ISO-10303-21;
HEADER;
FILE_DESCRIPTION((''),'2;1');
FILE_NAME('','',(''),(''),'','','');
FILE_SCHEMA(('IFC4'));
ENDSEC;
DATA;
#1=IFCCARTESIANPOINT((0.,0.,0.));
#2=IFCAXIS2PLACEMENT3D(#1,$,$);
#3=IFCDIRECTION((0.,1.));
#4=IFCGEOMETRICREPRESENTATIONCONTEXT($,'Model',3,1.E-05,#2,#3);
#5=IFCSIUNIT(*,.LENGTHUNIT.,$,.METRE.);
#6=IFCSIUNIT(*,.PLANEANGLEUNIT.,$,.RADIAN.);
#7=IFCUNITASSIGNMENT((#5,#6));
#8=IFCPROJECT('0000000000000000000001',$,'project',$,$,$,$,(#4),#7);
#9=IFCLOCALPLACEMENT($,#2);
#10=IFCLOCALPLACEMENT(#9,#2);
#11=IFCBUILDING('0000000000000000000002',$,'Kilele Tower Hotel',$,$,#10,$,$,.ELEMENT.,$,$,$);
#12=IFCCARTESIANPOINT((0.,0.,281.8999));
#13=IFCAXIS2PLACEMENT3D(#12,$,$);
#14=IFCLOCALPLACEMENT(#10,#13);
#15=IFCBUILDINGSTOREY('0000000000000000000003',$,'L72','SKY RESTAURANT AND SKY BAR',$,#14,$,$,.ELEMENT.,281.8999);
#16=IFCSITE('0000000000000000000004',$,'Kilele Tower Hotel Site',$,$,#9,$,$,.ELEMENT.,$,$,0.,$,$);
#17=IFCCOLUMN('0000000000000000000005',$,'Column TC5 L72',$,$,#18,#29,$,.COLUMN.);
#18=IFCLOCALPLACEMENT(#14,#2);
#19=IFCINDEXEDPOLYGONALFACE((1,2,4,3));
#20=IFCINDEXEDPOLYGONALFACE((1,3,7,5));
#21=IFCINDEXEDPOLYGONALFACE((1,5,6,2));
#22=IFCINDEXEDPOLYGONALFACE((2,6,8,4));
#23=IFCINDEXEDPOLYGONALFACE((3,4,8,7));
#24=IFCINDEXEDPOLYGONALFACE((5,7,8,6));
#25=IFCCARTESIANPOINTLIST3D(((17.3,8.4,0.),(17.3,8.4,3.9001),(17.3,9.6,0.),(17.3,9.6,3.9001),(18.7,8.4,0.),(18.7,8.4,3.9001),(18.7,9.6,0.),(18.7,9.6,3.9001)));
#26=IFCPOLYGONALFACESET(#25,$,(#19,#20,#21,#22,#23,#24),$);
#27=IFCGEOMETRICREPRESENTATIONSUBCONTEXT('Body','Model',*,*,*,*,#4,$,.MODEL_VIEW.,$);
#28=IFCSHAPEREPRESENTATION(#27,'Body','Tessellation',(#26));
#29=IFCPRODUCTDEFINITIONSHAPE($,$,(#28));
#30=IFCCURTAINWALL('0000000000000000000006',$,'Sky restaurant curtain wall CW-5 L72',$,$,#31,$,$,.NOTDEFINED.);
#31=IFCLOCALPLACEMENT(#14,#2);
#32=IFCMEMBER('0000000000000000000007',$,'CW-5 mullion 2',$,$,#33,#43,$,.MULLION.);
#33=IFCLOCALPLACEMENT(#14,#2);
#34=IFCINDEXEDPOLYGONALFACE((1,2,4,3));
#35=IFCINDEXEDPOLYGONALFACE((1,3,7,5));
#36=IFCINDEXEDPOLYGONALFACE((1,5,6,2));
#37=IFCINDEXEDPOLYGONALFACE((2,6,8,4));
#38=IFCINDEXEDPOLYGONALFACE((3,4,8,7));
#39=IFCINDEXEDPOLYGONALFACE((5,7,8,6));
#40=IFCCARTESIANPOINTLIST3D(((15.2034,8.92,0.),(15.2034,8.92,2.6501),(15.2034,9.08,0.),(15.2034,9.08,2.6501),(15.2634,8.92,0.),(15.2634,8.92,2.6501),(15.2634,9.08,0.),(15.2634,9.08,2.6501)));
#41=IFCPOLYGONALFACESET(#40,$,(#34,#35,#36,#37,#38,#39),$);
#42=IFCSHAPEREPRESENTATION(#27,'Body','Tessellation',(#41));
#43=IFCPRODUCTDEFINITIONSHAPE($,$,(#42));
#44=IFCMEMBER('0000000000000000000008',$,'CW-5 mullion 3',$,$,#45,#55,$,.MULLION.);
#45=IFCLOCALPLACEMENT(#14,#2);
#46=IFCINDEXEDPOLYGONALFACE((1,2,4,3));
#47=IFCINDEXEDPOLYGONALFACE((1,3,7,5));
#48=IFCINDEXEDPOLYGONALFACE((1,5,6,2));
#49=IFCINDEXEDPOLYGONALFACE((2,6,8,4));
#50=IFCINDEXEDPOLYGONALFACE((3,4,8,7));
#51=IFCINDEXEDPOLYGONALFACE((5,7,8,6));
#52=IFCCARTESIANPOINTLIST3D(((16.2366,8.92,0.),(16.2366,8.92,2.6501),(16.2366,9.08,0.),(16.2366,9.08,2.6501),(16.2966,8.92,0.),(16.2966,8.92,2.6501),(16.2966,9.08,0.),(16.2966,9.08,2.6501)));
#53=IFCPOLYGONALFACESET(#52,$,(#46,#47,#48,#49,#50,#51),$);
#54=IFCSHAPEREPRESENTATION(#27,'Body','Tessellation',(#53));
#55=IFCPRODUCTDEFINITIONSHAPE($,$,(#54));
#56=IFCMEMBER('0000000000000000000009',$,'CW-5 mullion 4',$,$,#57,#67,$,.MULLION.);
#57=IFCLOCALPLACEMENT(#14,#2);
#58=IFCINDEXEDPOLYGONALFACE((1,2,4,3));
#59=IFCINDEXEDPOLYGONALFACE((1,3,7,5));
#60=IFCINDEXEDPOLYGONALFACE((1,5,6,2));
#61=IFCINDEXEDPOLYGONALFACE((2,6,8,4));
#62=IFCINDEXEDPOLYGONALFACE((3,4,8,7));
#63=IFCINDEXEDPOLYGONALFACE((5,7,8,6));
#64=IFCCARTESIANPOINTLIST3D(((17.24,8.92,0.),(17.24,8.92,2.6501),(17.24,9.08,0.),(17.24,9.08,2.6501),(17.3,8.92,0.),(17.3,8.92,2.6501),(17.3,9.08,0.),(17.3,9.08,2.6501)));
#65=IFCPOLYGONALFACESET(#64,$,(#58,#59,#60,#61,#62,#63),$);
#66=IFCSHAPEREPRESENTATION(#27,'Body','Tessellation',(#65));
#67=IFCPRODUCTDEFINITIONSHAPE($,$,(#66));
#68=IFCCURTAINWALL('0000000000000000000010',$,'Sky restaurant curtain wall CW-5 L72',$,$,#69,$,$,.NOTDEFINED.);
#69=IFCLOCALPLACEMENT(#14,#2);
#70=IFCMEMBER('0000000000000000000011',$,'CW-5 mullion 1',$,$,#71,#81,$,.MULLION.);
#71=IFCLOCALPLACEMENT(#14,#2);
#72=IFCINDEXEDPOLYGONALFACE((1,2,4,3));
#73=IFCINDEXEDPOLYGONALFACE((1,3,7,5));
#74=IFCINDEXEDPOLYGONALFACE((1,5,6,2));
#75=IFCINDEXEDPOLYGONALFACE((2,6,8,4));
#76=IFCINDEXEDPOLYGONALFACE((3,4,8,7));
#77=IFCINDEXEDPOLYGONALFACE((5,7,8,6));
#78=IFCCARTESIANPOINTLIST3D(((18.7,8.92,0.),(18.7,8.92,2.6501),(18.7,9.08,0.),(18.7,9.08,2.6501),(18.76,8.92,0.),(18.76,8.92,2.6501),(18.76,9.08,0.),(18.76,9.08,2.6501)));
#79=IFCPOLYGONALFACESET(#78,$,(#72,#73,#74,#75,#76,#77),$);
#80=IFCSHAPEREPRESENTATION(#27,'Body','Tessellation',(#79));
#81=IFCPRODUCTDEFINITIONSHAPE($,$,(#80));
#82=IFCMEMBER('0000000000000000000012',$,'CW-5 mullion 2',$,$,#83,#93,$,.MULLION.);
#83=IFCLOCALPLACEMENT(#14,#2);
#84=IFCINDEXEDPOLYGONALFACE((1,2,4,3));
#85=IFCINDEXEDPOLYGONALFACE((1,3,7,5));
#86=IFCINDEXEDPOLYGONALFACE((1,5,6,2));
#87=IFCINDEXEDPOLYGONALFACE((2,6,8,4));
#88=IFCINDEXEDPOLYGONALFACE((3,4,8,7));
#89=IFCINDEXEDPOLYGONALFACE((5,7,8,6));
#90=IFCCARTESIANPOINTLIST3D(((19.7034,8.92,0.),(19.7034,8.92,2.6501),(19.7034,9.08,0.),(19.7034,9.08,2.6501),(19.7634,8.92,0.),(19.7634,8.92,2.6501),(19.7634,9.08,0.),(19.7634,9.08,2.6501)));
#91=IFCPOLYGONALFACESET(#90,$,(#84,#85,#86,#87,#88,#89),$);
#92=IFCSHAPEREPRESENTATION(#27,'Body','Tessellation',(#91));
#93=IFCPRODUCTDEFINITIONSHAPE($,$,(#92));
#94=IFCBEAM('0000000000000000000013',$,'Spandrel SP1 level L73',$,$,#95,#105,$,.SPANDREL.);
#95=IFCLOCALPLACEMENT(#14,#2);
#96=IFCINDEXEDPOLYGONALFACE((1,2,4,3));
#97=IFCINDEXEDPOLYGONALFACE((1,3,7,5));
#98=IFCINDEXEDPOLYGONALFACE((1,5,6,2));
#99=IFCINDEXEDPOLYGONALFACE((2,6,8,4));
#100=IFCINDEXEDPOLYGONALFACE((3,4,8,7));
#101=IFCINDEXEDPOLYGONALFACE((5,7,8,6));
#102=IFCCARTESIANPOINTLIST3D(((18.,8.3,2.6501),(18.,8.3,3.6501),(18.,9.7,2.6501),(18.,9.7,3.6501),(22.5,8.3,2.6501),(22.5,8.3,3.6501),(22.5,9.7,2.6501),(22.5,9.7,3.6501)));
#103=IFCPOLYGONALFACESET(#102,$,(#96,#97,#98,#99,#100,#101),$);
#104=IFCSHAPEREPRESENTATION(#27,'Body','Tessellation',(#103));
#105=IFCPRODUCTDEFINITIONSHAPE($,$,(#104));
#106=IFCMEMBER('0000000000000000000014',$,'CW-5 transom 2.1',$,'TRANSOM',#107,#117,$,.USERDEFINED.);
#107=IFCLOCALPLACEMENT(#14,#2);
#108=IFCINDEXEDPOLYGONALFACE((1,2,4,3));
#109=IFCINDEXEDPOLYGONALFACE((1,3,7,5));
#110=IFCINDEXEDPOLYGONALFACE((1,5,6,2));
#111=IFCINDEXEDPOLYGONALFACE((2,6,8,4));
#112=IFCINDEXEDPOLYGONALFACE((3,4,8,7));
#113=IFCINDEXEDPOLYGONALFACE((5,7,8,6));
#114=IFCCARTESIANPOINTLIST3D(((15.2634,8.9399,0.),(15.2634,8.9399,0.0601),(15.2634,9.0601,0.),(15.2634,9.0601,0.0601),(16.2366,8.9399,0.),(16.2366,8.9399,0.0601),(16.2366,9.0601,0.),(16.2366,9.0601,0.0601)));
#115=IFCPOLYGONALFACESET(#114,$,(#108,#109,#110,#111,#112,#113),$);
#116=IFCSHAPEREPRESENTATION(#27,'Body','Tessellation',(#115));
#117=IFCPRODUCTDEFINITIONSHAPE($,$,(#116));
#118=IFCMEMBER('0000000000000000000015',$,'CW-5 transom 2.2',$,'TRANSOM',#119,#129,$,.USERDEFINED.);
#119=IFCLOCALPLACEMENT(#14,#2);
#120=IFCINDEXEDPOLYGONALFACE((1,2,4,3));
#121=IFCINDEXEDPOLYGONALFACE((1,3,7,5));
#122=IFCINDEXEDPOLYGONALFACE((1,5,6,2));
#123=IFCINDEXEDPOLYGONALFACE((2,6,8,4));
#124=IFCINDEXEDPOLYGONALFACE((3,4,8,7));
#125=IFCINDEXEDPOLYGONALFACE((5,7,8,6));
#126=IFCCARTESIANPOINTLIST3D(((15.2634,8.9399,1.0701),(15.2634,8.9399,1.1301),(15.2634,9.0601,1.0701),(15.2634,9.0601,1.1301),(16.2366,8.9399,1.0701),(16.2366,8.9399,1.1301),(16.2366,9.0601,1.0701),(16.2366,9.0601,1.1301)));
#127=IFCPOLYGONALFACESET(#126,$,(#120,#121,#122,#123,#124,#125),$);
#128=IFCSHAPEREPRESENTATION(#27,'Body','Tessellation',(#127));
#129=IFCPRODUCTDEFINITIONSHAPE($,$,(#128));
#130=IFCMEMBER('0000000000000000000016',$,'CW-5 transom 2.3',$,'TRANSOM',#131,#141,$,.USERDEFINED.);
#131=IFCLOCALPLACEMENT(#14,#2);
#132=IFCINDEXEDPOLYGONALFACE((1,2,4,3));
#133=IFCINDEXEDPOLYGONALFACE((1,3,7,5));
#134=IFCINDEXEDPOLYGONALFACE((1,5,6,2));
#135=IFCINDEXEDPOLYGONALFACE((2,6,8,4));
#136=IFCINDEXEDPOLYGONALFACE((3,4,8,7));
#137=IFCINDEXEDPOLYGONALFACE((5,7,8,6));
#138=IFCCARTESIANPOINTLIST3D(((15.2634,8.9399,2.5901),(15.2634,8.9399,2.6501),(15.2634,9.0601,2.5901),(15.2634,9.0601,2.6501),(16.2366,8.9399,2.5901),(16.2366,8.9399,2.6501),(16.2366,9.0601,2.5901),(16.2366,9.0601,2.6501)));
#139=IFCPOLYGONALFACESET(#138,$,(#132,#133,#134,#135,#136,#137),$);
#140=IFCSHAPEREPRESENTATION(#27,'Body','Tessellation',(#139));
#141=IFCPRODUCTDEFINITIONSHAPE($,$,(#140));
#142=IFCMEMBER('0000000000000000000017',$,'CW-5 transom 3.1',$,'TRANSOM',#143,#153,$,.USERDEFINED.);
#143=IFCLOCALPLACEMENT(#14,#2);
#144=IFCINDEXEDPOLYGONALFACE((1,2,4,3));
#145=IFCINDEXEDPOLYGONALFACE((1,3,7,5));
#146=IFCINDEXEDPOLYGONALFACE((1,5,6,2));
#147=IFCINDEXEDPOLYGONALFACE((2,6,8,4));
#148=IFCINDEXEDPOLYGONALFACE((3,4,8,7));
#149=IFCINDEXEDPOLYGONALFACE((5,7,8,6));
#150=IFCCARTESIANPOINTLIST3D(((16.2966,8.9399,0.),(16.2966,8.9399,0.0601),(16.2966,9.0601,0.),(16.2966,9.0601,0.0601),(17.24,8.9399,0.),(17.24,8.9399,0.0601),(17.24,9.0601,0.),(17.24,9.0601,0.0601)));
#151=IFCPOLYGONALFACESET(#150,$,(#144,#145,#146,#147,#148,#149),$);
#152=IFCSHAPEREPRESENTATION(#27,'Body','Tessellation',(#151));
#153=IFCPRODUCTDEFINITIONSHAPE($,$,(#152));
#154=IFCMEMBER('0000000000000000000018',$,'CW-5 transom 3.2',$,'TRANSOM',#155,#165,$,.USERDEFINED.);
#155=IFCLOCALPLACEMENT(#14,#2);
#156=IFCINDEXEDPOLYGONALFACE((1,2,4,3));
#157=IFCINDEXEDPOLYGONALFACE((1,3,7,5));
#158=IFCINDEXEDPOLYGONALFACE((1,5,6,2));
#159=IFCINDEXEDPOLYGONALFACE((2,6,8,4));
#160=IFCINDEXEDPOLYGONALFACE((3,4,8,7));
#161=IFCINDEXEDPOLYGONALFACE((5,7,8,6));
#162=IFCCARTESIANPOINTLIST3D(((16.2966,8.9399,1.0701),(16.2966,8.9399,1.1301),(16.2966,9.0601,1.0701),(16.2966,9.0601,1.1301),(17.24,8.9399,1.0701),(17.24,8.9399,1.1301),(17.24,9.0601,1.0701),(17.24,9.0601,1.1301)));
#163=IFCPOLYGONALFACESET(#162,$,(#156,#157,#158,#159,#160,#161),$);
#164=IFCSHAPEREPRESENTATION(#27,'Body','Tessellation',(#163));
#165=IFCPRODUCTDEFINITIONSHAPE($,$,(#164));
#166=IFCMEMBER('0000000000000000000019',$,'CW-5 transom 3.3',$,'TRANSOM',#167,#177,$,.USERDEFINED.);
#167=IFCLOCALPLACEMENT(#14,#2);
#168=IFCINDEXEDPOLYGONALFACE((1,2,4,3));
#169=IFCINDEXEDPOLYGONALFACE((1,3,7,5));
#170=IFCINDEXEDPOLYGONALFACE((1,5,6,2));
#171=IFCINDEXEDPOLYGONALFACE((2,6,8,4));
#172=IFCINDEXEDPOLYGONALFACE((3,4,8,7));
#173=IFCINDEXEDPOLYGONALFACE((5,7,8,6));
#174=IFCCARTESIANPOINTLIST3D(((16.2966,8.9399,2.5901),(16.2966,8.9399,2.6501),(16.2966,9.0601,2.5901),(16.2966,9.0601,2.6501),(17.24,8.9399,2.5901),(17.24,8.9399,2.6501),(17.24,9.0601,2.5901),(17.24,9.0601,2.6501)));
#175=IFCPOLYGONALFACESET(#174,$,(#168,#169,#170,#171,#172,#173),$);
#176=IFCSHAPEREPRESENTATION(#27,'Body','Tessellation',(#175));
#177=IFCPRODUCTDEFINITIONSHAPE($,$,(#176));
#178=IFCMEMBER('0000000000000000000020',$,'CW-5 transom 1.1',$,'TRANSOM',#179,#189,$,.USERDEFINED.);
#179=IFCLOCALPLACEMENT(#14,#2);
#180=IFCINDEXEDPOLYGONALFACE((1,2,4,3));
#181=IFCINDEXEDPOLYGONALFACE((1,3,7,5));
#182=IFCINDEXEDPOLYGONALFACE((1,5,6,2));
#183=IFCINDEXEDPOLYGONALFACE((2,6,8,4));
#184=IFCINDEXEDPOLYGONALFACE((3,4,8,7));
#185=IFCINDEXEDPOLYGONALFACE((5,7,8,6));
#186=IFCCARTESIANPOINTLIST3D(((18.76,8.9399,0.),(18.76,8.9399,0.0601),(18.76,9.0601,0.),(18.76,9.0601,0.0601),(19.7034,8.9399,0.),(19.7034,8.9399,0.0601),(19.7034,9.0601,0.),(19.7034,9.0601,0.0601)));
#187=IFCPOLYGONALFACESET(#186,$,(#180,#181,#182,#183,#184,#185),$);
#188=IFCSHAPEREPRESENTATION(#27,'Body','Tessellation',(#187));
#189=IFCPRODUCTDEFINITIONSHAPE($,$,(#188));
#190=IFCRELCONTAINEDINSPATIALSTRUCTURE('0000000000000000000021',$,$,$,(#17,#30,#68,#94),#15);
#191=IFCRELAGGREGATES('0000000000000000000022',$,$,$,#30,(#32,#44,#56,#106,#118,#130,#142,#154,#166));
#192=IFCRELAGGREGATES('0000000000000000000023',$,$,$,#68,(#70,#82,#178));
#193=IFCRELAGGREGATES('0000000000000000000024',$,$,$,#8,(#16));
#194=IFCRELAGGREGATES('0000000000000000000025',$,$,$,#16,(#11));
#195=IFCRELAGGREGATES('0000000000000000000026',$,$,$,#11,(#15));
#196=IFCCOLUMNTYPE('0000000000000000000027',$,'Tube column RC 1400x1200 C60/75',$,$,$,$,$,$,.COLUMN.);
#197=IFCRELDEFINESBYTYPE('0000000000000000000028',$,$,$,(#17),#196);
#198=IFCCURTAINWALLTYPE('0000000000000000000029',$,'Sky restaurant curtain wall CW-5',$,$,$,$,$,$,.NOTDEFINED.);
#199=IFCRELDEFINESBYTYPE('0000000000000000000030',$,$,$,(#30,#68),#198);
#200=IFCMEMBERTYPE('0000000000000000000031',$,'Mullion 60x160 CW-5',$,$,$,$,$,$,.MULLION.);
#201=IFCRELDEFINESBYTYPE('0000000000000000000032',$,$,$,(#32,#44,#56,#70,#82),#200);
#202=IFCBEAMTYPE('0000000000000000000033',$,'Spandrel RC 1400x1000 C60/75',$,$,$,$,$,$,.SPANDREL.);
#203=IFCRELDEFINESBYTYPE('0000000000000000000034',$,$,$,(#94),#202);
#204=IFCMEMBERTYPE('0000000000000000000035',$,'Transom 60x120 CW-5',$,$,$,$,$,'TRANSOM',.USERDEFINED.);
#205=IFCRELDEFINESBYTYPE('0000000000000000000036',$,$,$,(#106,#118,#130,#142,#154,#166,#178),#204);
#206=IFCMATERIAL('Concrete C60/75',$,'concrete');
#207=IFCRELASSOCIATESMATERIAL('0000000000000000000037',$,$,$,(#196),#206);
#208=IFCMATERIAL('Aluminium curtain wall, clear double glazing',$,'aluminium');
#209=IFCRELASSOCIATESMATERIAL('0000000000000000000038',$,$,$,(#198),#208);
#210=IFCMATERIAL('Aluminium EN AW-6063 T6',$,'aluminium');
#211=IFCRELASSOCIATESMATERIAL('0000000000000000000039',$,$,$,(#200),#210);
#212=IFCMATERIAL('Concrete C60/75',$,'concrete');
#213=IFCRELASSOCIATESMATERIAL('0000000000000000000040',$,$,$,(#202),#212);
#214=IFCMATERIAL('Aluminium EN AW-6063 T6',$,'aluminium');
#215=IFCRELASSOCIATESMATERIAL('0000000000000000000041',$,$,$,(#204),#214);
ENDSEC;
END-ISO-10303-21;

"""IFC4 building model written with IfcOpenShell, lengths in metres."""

from ifc_helpers import new_model, si_unit, direction, frame, origin, origin_2d, place, context, subcontext, project, spatial, rectangle, extrude, material, material_profile, profile_set, type_object, element, aggregate, save


model = new_model("IFC4")

# Units and contexts
model_context = context("Model", 3, precision=1e-05, world=origin(), true_north=direction((0.0, 1.0)))
body_context = subcontext(model_context, "Body", "Model", "MODEL_VIEW")
ifc_project = project(units=[si_unit("LENGTHUNIT", "METRE"), si_unit("PLANEANGLEUNIT", "RADIAN")], contexts=[model_context])

# Site, building, storey
site_placement = place(None, origin())
site = spatial("IfcSite", under=ifc_project, at=site_placement, Name="Kilele Tower Hotel Site", CompositionType="ELEMENT", RefElevation=0.0)
building_placement = place(site_placement, origin())
building = spatial("IfcBuilding", under=site, at=building_placement, Name="Kilele Tower Hotel", CompositionType="ELEMENT")
storey_placement = place(building_placement, frame((0.0, 0.0, 281.8999)))
storey = spatial("IfcBuildingStorey", under=building, at=storey_placement, Name="L72", Description="SKY RESTAURANT AND SKY BAR", CompositionType="ELEMENT", Elevation=281.8999)

# Column
ifc_material_1 = material(Name="Concrete C60/75", Category="concrete")
ifc_material_profile_1 = material_profile(ifc_material_1, rectangle(XDim=1.3999, YDim=1.2, at=origin_2d()))
ifc_profile_set_1 = profile_set([ifc_material_profile_1], Name="Concrete C60/75")
column_type = type_object("IfcColumnType", Name="Tube column RC 1400x1200 C60/75", PredefinedType="COLUMN", material=ifc_profile_set_1)
column_placement = place(storey_placement, frame((18.0, 9.0, 0.0), z_axis=(0.0, 0.0, 1.0), x_axis=(1.0, 0.0, 0.0)))
element("IfcColumn", 1, at=column_placement, inside=storey, type_object=column_type, Name="Column TC5 L72", PredefinedType="COLUMN", context=body_context, shape_type="SweptSolid", body=[
    extrude(rectangle(XDim=1.3999, YDim=1.2, at=origin_2d()), origin(), (0.0, 0.0, 1.0), 3.9001),
])

# Curtain walls, members
ifc_material_2 = material(Name="Aluminium curtain wall, clear double glazing", Category="aluminium")
curtain_wall_type = type_object("IfcCurtainWallType", Name="Sky restaurant curtain wall CW-5", PredefinedType="NOTDEFINED", material=ifc_material_2)
curtain_wall_1_placement = place(storey_placement, origin())
curtain_wall_1 = element("IfcCurtainWall", 2, at=curtain_wall_1_placement, inside=storey, type_object=curtain_wall_type, Name="Sky restaurant curtain wall CW-5 L72", PredefinedType="NOTDEFINED")
ifc_material_3 = material(Name="Aluminium EN AW-6063 T6", Category="aluminium")
ifc_material_profile_2 = material_profile(ifc_material_3, rectangle(XDim=0.1599, YDim=0.0601, at=origin_2d()))
ifc_profile_set_2 = profile_set([ifc_material_profile_2], Name="Aluminium EN AW-6063 T6")
member_type_1 = type_object("IfcMemberType", Name="Mullion 60x160 CW-5", PredefinedType="MULLION", material=ifc_profile_set_2)
member_1_placement = place(storey_placement, frame((15.2334, 9.0, 0.0), z_axis=(0.0, 0.0, 1.0), x_axis=(0.0, 1.0, 0.0)))
member_1 = element("IfcMember", 3, at=member_1_placement, type_object=member_type_1, Name="CW-5 mullion 2", PredefinedType="MULLION", context=body_context, shape_type="SweptSolid", body=[
    extrude(rectangle(XDim=0.1599, YDim=0.0601, at=origin_2d()), origin(), (0.0, 0.0, 1.0), 2.6501),
])
member_2_placement = place(storey_placement, frame((16.2666, 9.0, 0.0), z_axis=(0.0, 0.0, 1.0), x_axis=(0.0, 1.0, 0.0)))
member_2 = element("IfcMember", 4, at=member_2_placement, type_object=member_type_1, Name="CW-5 mullion 3", PredefinedType="MULLION", context=body_context, shape_type="SweptSolid", body=[
    extrude(rectangle(XDim=0.1599, YDim=0.0601, at=origin_2d()), origin(), (0.0, 0.0, 1.0), 2.6501),
])
member_3_placement = place(storey_placement, frame((17.27, 9.0, 0.0), z_axis=(0.0, 0.0, 1.0), x_axis=(0.0, 1.0, 0.0)))
member_3 = element("IfcMember", 5, at=member_3_placement, type_object=member_type_1, Name="CW-5 mullion 4", PredefinedType="MULLION", context=body_context, shape_type="SweptSolid", body=[
    extrude(rectangle(XDim=0.1599, YDim=0.0601, at=origin_2d()), origin(), (0.0, 0.0, 1.0), 2.6501),
])
curtain_wall_2_placement = place(storey_placement, origin())
curtain_wall_2 = element("IfcCurtainWall", 6, at=curtain_wall_2_placement, inside=storey, type_object=curtain_wall_type, Name="Sky restaurant curtain wall CW-5 L72", PredefinedType="NOTDEFINED")
member_4_placement = place(storey_placement, frame((18.73, 9.0, 0.0), z_axis=(0.0, 0.0, 1.0), x_axis=(0.0, 1.0, 0.0)))
member_4 = element("IfcMember", 7, at=member_4_placement, type_object=member_type_1, Name="CW-5 mullion 1", PredefinedType="MULLION", context=body_context, shape_type="SweptSolid", body=[
    extrude(rectangle(XDim=0.1599, YDim=0.0601, at=origin_2d()), origin(), (0.0, 0.0, 1.0), 2.6501),
])
member_5_placement = place(storey_placement, frame((19.7334, 9.0, 0.0), z_axis=(0.0, 0.0, 1.0), x_axis=(0.0, 1.0, 0.0)))
member_5 = element("IfcMember", 8, at=member_5_placement, type_object=member_type_1, Name="CW-5 mullion 2", PredefinedType="MULLION", context=body_context, shape_type="SweptSolid", body=[
    extrude(rectangle(XDim=0.1599, YDim=0.0601, at=origin_2d()), origin(), (0.0, 0.0, 1.0), 2.6501),
])

# Beam
ifc_material_4 = material(Name="Concrete C60/75", Category="concrete")
ifc_material_profile_3 = material_profile(ifc_material_4, rectangle(XDim=1.3999, YDim=1.0, at=origin_2d()))
ifc_profile_set_3 = profile_set([ifc_material_profile_3], Name="Concrete C60/75")
beam_type = type_object("IfcBeamType", Name="Spandrel RC 1400x1000 C60/75", PredefinedType="SPANDREL", material=ifc_profile_set_3)
beam_placement = place(storey_placement, frame((18.0, 9.0, 3.1501), z_axis=(1.0, 0.0, 0.0), x_axis=(0.0, 1.0, 0.0)))
element("IfcBeam", 9, at=beam_placement, inside=storey, type_object=beam_type, Name="Spandrel SP1 level L73", PredefinedType="SPANDREL", context=body_context, shape_type="SweptSolid", body=[
    extrude(rectangle(XDim=1.3999, YDim=1.0, at=origin_2d()), origin(), (0.0, 0.0, 1.0), 4.5),
])

# Members
ifc_material_5 = material(Name="Aluminium EN AW-6063 T6", Category="aluminium")
ifc_material_profile_4 = material_profile(ifc_material_5, rectangle(XDim=0.1201, YDim=0.0601, at=origin_2d()))
ifc_profile_set_4 = profile_set([ifc_material_profile_4], Name="Aluminium EN AW-6063 T6")
member_type_2 = type_object("IfcMemberType", Name="Transom 60x120 CW-5", ElementType="TRANSOM", PredefinedType="USERDEFINED", material=ifc_profile_set_4)
member_6_placement = place(storey_placement, frame((15.2634, 9.0, 0.03), z_axis=(1.0, 0.0, 0.0), x_axis=(0.0, 1.0, 0.0)))
member_6 = element("IfcMember", 10, at=member_6_placement, type_object=member_type_2, Name="CW-5 transom 2.1", ObjectType="TRANSOM", PredefinedType="USERDEFINED", context=body_context, shape_type="SweptSolid", body=[
    extrude(rectangle(XDim=0.1201, YDim=0.0601, at=origin_2d()), origin(), (0.0, 0.0, 1.0), 0.9731),
])
member_7_placement = place(storey_placement, frame((15.2634, 9.0, 1.1001), z_axis=(1.0, 0.0, 0.0), x_axis=(0.0, 1.0, 0.0)))
member_7 = element("IfcMember", 11, at=member_7_placement, type_object=member_type_2, Name="CW-5 transom 2.2", ObjectType="TRANSOM", PredefinedType="USERDEFINED", context=body_context, shape_type="SweptSolid", body=[
    extrude(rectangle(XDim=0.1201, YDim=0.0601, at=origin_2d()), origin(), (0.0, 0.0, 1.0), 0.9731),
])
member_8_placement = place(storey_placement, frame((15.2634, 9.0, 2.6201), z_axis=(1.0, 0.0, 0.0), x_axis=(0.0, 1.0, 0.0)))
member_8 = element("IfcMember", 12, at=member_8_placement, type_object=member_type_2, Name="CW-5 transom 2.3", ObjectType="TRANSOM", PredefinedType="USERDEFINED", context=body_context, shape_type="SweptSolid", body=[
    extrude(rectangle(XDim=0.1201, YDim=0.0601, at=origin_2d()), origin(), (0.0, 0.0, 1.0), 0.9731),
])
member_9_placement = place(storey_placement, frame((16.2966, 9.0, 0.03), z_axis=(1.0, 0.0, 0.0), x_axis=(0.0, 1.0, 0.0)))
member_9 = element("IfcMember", 13, at=member_9_placement, type_object=member_type_2, Name="CW-5 transom 3.1", ObjectType="TRANSOM", PredefinedType="USERDEFINED", context=body_context, shape_type="SweptSolid", body=[
    extrude(rectangle(XDim=0.1201, YDim=0.0601, at=origin_2d()), origin(), (0.0, 0.0, 1.0), 0.9434),
])
member_10_placement = place(storey_placement, frame((16.2966, 9.0, 1.1001), z_axis=(1.0, 0.0, 0.0), x_axis=(0.0, 1.0, 0.0)))
member_10 = element("IfcMember", 14, at=member_10_placement, type_object=member_type_2, Name="CW-5 transom 3.2", ObjectType="TRANSOM", PredefinedType="USERDEFINED", context=body_context, shape_type="SweptSolid", body=[
    extrude(rectangle(XDim=0.1201, YDim=0.0601, at=origin_2d()), origin(), (0.0, 0.0, 1.0), 0.9434),
])
member_11_placement = place(storey_placement, frame((16.2966, 9.0, 2.6201), z_axis=(1.0, 0.0, 0.0), x_axis=(0.0, 1.0, 0.0)))
member_11 = element("IfcMember", 15, at=member_11_placement, type_object=member_type_2, Name="CW-5 transom 3.3", ObjectType="TRANSOM", PredefinedType="USERDEFINED", context=body_context, shape_type="SweptSolid", body=[
    extrude(rectangle(XDim=0.1201, YDim=0.0601, at=origin_2d()), origin(), (0.0, 0.0, 1.0), 0.9434),
])
member_12_placement = place(storey_placement, frame((18.76, 9.0, 0.03), z_axis=(1.0, 0.0, 0.0), x_axis=(0.0, 1.0, 0.0)))
member_12 = element("IfcMember", 16, at=member_12_placement, type_object=member_type_2, Name="CW-5 transom 1.1", ObjectType="TRANSOM", PredefinedType="USERDEFINED", context=body_context, shape_type="SweptSolid", body=[
    extrude(rectangle(XDim=0.1201, YDim=0.0601, at=origin_2d()), origin(), (0.0, 0.0, 1.0), 0.9434),
])

aggregate(curtain_wall_1, [member_1, member_2, member_3, member_6, member_7, member_8, member_9, member_10, member_11])
aggregate(curtain_wall_2, [member_4, member_5, member_12])

save(model, "model.ifc")
